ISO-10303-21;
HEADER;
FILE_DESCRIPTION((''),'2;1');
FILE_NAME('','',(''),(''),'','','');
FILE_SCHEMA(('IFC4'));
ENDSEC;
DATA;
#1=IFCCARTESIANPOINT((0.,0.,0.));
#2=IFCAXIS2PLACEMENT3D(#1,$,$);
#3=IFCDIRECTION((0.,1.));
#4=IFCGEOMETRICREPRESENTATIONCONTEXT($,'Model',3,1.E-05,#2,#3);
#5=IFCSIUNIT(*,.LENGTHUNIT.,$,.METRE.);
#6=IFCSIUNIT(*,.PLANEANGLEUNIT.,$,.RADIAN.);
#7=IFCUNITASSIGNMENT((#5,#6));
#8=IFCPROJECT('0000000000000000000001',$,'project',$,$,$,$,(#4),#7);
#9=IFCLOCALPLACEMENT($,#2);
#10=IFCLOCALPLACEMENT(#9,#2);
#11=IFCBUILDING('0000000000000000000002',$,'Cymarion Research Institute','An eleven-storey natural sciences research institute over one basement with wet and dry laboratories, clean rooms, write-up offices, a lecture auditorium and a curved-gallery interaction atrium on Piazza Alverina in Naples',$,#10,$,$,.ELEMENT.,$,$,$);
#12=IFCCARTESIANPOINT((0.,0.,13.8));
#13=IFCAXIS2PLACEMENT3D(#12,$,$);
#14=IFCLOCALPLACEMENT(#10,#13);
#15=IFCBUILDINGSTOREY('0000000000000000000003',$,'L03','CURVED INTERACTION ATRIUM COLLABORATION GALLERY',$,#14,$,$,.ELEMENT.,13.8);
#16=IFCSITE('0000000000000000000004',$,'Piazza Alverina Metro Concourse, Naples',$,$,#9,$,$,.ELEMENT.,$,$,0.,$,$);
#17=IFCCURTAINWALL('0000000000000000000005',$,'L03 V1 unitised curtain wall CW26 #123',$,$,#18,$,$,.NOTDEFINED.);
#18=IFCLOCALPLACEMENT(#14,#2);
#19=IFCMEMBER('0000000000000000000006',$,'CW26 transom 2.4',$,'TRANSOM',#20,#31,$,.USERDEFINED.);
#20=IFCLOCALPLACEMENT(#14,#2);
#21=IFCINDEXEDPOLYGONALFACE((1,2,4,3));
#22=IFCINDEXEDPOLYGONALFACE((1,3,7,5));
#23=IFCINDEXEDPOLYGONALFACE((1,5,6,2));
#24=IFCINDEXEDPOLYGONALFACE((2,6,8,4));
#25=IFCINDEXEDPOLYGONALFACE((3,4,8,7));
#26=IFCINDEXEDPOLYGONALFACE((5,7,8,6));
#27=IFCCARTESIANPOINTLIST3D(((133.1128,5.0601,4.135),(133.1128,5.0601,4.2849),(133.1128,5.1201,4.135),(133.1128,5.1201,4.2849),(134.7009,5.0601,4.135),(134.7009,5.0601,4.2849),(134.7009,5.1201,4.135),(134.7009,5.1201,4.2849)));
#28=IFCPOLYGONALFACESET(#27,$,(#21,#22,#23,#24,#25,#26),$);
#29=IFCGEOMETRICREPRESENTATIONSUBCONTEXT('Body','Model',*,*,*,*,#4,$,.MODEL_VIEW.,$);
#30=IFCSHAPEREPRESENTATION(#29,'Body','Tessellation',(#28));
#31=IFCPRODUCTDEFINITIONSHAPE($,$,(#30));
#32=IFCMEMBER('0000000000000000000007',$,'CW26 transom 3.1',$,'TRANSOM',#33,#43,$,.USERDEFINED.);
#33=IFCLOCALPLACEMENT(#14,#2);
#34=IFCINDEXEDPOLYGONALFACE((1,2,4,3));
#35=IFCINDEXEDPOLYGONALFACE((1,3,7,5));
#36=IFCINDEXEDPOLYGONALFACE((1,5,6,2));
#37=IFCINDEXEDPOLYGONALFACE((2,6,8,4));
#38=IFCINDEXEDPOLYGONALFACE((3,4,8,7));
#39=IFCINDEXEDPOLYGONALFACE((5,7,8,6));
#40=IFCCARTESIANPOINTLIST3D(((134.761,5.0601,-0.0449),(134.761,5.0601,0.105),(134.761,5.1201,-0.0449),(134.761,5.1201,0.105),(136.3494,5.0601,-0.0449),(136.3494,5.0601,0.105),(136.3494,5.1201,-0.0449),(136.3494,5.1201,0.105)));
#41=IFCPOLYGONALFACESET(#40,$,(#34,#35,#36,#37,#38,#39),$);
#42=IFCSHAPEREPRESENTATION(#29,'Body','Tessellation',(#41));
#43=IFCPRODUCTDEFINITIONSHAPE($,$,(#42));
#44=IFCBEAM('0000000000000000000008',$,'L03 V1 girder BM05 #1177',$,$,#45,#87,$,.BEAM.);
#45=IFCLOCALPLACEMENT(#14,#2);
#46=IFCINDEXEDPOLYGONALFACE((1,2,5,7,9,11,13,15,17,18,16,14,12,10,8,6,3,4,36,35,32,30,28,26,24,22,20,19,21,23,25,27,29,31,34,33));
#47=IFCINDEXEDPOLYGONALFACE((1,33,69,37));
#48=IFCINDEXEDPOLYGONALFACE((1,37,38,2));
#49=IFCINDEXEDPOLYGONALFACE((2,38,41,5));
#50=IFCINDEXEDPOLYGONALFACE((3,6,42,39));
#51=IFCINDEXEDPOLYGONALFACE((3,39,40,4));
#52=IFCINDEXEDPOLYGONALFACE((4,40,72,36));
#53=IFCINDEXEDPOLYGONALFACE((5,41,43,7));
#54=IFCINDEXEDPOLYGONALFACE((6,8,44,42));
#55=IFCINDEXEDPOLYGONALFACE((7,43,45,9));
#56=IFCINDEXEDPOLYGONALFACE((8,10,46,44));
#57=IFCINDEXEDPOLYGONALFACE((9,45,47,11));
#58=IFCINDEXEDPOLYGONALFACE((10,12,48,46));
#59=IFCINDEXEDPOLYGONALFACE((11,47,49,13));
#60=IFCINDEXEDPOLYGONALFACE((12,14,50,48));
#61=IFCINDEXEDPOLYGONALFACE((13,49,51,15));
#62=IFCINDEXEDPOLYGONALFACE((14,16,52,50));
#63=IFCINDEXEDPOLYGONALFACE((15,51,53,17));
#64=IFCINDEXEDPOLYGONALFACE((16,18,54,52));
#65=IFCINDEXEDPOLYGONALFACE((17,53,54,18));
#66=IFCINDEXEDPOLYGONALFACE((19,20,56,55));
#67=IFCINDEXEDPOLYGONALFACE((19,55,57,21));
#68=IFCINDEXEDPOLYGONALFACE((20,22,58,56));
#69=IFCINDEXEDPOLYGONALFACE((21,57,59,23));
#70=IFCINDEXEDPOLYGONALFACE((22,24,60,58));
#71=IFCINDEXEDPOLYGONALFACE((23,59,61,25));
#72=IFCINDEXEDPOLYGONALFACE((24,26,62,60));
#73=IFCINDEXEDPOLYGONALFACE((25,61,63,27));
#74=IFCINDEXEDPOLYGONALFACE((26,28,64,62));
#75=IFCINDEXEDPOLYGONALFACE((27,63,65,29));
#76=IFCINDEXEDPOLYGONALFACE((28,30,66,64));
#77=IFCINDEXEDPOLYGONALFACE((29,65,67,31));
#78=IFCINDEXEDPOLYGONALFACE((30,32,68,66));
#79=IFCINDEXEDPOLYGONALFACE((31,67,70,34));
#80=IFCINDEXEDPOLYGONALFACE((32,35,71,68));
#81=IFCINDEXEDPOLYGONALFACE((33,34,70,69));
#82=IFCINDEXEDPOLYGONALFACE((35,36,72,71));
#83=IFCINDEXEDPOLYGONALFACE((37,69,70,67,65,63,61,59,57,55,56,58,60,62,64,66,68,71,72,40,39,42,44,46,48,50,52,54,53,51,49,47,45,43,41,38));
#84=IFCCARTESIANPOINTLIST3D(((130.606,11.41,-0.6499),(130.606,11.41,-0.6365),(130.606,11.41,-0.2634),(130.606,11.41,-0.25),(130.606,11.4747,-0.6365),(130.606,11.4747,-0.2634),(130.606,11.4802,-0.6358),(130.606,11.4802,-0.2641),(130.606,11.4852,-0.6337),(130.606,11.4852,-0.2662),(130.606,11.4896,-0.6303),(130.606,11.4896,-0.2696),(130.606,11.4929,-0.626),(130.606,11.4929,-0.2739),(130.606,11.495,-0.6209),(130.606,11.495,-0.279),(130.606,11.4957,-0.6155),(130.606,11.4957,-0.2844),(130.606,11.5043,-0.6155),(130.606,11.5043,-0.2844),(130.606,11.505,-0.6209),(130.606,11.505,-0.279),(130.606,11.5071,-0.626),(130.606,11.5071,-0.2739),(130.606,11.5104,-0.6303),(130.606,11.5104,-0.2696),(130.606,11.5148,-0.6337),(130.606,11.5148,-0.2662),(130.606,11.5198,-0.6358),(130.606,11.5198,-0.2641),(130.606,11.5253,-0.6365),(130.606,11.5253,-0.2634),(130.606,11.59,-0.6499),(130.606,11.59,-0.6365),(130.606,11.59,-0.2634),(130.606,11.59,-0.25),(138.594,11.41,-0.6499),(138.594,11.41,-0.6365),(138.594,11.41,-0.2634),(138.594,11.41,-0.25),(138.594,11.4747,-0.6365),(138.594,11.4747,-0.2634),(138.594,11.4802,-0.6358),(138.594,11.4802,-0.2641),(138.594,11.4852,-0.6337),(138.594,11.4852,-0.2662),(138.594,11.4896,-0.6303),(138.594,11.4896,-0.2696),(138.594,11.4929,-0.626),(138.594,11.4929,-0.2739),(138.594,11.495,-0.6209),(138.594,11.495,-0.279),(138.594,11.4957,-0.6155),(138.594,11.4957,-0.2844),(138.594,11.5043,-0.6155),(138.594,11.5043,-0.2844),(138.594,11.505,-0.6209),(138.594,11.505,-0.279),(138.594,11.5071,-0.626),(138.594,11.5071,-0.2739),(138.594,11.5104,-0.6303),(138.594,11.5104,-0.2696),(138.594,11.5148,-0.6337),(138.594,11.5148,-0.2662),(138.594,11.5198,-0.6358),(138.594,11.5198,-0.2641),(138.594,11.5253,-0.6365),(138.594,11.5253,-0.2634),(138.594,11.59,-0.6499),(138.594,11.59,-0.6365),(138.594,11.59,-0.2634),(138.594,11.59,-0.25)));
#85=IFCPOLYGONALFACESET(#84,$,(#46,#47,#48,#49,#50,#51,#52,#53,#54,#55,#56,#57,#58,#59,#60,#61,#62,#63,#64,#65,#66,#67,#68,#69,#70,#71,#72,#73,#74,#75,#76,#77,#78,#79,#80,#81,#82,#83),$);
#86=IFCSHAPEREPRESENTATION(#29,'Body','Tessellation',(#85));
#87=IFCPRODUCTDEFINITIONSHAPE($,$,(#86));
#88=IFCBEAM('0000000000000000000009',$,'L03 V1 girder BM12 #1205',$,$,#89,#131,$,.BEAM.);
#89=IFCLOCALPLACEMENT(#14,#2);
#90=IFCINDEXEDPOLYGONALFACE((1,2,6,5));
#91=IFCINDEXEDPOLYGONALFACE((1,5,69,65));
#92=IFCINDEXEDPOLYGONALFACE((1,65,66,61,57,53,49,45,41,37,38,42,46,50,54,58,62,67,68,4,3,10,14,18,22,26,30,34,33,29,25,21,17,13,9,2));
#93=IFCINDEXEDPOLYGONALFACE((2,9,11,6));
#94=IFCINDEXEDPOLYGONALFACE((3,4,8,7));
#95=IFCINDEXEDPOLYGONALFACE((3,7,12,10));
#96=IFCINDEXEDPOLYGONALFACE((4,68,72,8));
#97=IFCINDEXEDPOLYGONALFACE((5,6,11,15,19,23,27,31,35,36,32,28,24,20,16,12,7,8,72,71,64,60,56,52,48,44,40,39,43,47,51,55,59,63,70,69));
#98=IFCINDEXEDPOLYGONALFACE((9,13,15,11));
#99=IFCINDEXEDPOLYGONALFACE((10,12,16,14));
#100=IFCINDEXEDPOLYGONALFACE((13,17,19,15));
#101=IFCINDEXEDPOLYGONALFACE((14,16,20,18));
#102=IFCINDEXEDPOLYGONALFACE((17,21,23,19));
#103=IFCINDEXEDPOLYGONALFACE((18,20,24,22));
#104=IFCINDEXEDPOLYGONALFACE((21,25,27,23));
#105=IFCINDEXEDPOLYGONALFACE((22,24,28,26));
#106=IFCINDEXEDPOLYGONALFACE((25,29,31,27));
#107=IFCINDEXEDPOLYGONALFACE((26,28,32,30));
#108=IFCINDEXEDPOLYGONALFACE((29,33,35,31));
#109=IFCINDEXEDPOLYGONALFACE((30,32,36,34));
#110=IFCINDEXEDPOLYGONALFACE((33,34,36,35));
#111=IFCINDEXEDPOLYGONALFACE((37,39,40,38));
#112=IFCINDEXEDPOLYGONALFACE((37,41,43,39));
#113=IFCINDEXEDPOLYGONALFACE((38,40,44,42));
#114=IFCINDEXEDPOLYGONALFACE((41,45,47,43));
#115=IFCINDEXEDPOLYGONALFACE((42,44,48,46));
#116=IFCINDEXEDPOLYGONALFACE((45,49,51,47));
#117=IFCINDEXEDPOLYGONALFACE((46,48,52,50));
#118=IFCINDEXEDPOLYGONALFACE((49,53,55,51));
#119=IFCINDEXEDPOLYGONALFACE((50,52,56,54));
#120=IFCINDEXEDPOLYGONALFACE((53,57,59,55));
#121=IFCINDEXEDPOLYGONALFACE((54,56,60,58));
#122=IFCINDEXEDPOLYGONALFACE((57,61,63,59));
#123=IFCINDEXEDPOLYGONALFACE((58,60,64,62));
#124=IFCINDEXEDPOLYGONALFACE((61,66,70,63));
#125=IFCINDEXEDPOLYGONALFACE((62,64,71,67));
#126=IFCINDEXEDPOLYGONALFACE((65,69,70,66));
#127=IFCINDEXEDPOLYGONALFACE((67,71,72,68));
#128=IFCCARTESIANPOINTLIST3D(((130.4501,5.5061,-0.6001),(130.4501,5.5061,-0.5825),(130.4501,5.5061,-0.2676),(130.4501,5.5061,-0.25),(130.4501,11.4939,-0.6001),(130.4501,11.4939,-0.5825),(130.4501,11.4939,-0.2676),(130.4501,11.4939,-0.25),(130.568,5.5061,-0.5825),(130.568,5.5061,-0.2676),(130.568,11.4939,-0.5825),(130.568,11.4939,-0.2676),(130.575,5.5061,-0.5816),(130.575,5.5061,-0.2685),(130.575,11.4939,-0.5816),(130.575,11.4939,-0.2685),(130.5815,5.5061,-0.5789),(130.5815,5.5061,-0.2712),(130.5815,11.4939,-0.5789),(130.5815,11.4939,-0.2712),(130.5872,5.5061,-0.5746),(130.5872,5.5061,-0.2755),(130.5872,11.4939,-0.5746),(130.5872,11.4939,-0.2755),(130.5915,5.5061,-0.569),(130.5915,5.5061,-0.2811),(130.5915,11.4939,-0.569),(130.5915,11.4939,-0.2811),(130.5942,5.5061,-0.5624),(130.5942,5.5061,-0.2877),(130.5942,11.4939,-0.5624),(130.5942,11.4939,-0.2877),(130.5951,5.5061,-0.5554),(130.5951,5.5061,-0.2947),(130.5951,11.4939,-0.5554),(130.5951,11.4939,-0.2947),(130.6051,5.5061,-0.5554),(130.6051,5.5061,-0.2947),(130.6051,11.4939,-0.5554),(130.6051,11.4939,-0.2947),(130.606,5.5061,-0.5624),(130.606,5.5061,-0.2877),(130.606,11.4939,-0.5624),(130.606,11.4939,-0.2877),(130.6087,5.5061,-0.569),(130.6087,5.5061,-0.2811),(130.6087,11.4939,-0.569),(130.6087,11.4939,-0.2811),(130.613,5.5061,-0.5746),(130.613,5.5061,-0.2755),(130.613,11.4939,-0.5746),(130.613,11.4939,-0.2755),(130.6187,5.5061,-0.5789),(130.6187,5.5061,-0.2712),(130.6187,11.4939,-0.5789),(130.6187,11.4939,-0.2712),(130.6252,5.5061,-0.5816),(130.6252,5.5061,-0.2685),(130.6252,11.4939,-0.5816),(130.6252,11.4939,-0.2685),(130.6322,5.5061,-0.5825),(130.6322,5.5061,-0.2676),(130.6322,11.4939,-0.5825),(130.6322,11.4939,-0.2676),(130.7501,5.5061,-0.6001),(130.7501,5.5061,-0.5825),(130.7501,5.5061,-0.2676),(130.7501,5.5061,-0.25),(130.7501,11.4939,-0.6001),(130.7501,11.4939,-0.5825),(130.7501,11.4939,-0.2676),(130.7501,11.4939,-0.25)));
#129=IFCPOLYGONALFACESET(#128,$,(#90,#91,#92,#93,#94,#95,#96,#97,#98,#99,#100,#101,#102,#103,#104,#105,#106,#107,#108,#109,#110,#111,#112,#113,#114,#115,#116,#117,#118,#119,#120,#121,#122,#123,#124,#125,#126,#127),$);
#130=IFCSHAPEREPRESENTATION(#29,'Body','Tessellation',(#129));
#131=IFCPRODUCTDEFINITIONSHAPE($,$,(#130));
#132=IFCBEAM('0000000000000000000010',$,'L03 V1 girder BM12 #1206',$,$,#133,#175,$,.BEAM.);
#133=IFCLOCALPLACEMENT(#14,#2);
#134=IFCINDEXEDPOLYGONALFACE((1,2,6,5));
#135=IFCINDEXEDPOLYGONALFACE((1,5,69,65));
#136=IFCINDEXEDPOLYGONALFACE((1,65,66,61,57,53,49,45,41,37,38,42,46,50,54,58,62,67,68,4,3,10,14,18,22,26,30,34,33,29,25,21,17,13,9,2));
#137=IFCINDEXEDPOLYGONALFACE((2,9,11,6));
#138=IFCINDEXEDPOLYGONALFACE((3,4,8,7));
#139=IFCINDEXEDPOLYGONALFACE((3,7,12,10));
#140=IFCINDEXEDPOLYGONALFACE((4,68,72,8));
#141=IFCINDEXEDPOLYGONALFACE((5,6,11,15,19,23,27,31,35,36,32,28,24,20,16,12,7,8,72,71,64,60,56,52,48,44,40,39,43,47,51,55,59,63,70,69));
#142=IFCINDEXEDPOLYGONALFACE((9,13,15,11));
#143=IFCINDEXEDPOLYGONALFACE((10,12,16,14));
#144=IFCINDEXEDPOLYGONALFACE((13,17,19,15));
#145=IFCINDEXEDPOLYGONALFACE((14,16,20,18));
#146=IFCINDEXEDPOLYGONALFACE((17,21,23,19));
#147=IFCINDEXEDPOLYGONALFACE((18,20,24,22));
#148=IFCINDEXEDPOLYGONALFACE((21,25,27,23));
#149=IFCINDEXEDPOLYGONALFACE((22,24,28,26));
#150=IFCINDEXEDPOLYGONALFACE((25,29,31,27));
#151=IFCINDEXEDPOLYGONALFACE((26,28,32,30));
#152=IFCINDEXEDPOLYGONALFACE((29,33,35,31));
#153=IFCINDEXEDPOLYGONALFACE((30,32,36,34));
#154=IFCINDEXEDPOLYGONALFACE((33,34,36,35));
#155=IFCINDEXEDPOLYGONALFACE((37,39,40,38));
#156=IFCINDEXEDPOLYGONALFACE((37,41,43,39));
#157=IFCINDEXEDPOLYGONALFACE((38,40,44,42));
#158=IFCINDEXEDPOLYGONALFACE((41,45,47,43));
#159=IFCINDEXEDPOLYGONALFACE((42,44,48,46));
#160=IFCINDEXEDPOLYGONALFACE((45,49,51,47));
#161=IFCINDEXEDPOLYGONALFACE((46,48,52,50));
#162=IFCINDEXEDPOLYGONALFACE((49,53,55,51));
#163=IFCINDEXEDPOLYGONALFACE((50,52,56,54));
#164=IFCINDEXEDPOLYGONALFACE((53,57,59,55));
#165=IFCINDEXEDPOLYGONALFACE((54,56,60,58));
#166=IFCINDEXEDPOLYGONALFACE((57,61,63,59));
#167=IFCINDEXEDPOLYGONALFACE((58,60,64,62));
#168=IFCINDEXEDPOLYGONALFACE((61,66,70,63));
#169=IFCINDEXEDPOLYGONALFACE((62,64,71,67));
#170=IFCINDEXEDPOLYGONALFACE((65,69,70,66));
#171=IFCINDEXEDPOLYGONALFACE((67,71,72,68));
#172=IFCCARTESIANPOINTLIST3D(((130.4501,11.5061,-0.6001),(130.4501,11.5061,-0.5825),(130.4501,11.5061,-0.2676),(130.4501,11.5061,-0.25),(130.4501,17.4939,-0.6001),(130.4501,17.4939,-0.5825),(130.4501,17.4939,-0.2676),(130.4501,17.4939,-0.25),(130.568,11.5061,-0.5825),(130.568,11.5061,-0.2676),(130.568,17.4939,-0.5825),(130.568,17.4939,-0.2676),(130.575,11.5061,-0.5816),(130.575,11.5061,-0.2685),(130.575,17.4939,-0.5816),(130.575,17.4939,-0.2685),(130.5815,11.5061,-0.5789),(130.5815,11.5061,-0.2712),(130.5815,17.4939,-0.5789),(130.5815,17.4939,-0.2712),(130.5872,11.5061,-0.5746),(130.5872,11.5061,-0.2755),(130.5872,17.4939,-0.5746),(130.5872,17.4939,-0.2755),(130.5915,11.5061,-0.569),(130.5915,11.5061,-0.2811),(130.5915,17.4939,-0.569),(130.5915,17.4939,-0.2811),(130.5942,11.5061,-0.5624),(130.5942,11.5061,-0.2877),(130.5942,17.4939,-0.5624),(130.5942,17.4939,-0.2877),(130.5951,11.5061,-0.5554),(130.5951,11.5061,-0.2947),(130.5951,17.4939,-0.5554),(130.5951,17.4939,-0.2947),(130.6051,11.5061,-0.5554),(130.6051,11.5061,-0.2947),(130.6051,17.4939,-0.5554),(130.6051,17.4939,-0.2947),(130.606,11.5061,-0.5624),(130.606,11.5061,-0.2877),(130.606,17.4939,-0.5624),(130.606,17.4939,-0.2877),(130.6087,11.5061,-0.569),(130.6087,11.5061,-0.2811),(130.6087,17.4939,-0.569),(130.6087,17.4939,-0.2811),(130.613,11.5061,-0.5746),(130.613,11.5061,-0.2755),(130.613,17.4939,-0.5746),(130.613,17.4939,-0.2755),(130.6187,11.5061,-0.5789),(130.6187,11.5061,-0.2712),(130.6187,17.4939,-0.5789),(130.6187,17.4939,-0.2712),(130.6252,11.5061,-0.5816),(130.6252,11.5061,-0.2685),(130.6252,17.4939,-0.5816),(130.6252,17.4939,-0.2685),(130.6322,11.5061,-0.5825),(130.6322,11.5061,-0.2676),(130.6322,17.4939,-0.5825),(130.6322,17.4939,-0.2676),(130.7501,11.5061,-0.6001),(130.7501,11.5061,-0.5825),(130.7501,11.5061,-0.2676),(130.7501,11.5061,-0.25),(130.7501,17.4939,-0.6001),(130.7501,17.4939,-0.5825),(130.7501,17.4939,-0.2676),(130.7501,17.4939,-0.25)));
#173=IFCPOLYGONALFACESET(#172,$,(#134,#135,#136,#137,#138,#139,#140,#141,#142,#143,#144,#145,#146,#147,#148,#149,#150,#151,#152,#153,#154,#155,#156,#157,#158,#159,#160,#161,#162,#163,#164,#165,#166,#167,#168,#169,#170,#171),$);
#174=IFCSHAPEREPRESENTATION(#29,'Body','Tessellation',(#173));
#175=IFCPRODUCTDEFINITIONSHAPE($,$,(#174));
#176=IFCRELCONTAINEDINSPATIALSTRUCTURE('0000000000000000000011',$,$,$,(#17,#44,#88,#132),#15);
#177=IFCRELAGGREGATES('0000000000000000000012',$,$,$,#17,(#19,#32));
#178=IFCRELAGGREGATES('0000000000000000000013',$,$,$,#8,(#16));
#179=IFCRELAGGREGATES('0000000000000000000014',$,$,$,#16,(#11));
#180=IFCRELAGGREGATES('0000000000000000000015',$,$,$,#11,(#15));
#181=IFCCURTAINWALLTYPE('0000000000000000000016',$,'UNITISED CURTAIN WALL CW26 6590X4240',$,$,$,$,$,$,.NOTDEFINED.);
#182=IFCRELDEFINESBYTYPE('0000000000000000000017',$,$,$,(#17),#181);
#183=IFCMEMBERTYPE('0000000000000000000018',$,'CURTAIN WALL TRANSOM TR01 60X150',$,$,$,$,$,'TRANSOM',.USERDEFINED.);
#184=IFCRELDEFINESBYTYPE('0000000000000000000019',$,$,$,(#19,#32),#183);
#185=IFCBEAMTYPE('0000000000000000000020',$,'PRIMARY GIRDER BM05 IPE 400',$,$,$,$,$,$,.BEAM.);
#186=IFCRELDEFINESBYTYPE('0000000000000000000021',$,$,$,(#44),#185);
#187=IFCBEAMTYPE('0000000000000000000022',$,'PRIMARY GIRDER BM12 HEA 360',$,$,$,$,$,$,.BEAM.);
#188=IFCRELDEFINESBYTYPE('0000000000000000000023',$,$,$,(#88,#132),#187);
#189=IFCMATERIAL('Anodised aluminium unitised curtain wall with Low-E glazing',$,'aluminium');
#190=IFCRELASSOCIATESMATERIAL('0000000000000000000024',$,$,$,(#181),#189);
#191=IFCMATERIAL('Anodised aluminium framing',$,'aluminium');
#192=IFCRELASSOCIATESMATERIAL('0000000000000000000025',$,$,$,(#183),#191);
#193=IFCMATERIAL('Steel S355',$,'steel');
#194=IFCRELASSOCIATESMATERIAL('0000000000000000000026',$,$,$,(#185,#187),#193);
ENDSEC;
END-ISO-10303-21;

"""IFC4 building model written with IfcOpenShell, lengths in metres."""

from ifc_helpers import new_model, si_unit, direction, frame, origin, origin_2d, place, context, subcontext, project, spatial, rectangle, i_section, extrude, material, material_profile, profile_set, type_object, element, aggregate, save


model = new_model("IFC4")

# Units and contexts
model_context = context("Model", 3, precision=1e-05, world=origin(), true_north=direction((0.0, 1.0)))
body_context = subcontext(model_context, "Body", "Model", "MODEL_VIEW")
ifc_project = project(units=[si_unit("LENGTHUNIT", "METRE"), si_unit("PLANEANGLEUNIT", "RADIAN")], contexts=[model_context])

# Site, building, storey
site_placement = place(None, origin())
site = spatial("IfcSite", under=ifc_project, at=site_placement, Name="Piazza Alverina Metro Concourse, Naples", CompositionType="ELEMENT", RefElevation=0.0)
building_placement = place(site_placement, origin())
building = spatial("IfcBuilding", under=site, at=building_placement, Name="Cymarion Research Institute", Description="An eleven-storey natural sciences research institute over one basement with wet and dry laboratories, clean rooms, write-up offices, a lecture auditorium and a curved-gallery interaction atrium on Piazza Alverina in Naples", CompositionType="ELEMENT")
storey_placement = place(building_placement, frame((0.0, 0.0, 13.8)))
storey = spatial("IfcBuildingStorey", under=building, at=storey_placement, Name="L03", Description="CURVED INTERACTION ATRIUM COLLABORATION GALLERY", CompositionType="ELEMENT", Elevation=13.8)

# Shared definitions
ifc_material_1 = material(Name="Steel S355", Category="steel")

# Shared definitions
ifc_material_2 = material(Name="Anodised aluminium unitised curtain wall with Low-E glazing", Category="aluminium")
curtain_wall_type = type_object("IfcCurtainWallType", Name="UNITISED CURTAIN WALL CW26 6590X4240", PredefinedType="NOTDEFINED", material=ifc_material_2)
ifc_material_3 = material(Name="Anodised aluminium framing", Category="aluminium")

# Curtain wall, members
curtain_wall_1_placement = place(storey_placement, origin())
curtain_wall_1 = element("IfcCurtainWall", 1, at=curtain_wall_1_placement, inside=storey, type_object=curtain_wall_type, Name="L03 V1 unitised curtain wall CW26 #123", PredefinedType="NOTDEFINED")
ifc_material_profile_1 = material_profile(ifc_material_3, rectangle(XDim=0.0601, YDim=0.1499, at=origin_2d()), Name="ALU TRANSOM 60x150")
ifc_profile_set_1 = profile_set([ifc_material_profile_1], Name="Anodised aluminium framing")
member_type_1 = type_object("IfcMemberType", Name="CURTAIN WALL TRANSOM TR01 60X150", ElementType="TRANSOM", PredefinedType="USERDEFINED", material=ifc_profile_set_1)
member_1_placement = place(storey_placement, frame((133.1128, 5.0901, 4.21), z_axis=(1.0, 0.0, 0.0), x_axis=(0.0, 1.0, 0.0)))
member_1 = element("IfcMember", 2, at=member_1_placement, type_object=member_type_1, Name="CW26 transom 2.4", ObjectType="TRANSOM", PredefinedType="USERDEFINED", context=body_context, shape_type="SweptSolid", body=[
    extrude(rectangle(XDim=0.0601, YDim=0.1499, at=origin_2d()), origin(), (0.0, 0.0, 1.0), 1.5881),
])
member_2_placement = place(storey_placement, frame((134.761, 5.0901, 0.03), z_axis=(1.0, 0.0, 0.0), x_axis=(0.0, 1.0, 0.0)))
member_2 = element("IfcMember", 3, at=member_2_placement, type_object=member_type_1, Name="CW26 transom 3.1", ObjectType="TRANSOM", PredefinedType="USERDEFINED", context=body_context, shape_type="SweptSolid", body=[
    extrude(rectangle(XDim=0.0601, YDim=0.1499, at=origin_2d()), origin(), (0.0, 0.0, 1.0), 1.5884),
])

# Beams
ifc_material_profile_2 = material_profile(ifc_material_1, i_section(OverallWidth=0.1799, OverallDepth=0.3999, WebThickness=0.0085, FlangeThickness=0.0134, FilletRadius=0.021, at=origin_2d()), Name="IPE 400")
ifc_profile_set_2 = profile_set([ifc_material_profile_2], Name="Steel S355")
beam_type_1 = type_object("IfcBeamType", Name="PRIMARY GIRDER BM05 IPE 400", PredefinedType="BEAM", material=ifc_profile_set_2)
beam_1_placement = place(storey_placement, frame((130.606, 11.5, -0.45), z_axis=(1.0, 0.0, 0.0), x_axis=(0.0, 1.0, 0.0)))
element("IfcBeam", 4, at=beam_1_placement, inside=storey, type_object=beam_type_1, Name="L03 V1 girder BM05 #1177", PredefinedType="BEAM", context=body_context, shape_type="SweptSolid", body=[
    extrude(i_section(OverallWidth=0.1799, OverallDepth=0.3999, WebThickness=0.0085, FlangeThickness=0.0134, FilletRadius=0.021, at=origin_2d()), origin(), (0.0, 0.0, 1.0), 7.988),
])
ifc_material_profile_3 = material_profile(ifc_material_1, i_section(OverallWidth=0.3, OverallDepth=0.3501, WebThickness=0.01, FlangeThickness=0.0176, FilletRadius=0.0271, at=origin_2d()), Name="HEA 360")
ifc_profile_set_3 = profile_set([ifc_material_profile_3], Name="Steel S355")
beam_type_2 = type_object("IfcBeamType", Name="PRIMARY GIRDER BM12 HEA 360", PredefinedType="BEAM", material=ifc_profile_set_3)
for number, where, z_axis, x_axis, name in (
    (5, (130.6001, 5.5061, -0.425), (0.0, 1.0, 0.0), (-1.0, 0.0, 0.0), "L03 V1 girder BM12 #1205"),
    (6, (130.6001, 11.5061, -0.425), (0.0, 1.0, 0.0), (-1.0, 0.0, 0.0), "L03 V1 girder BM12 #1206"),
):
    element("IfcBeam", number, at=place(storey_placement, frame(where, z_axis=z_axis, x_axis=x_axis)), inside=storey, type_object=beam_type_2, Name=name, PredefinedType="BEAM", context=body_context, shape_type="SweptSolid", body=[
        extrude(i_section(OverallWidth=0.3, OverallDepth=0.3501, WebThickness=0.01, FlangeThickness=0.0176, FilletRadius=0.0271, at=origin_2d()), origin(), (0.0, 0.0, 1.0), 5.9878),
    ])

aggregate(curtain_wall_1, [member_1, member_2])

save(model, "model.ifc")
